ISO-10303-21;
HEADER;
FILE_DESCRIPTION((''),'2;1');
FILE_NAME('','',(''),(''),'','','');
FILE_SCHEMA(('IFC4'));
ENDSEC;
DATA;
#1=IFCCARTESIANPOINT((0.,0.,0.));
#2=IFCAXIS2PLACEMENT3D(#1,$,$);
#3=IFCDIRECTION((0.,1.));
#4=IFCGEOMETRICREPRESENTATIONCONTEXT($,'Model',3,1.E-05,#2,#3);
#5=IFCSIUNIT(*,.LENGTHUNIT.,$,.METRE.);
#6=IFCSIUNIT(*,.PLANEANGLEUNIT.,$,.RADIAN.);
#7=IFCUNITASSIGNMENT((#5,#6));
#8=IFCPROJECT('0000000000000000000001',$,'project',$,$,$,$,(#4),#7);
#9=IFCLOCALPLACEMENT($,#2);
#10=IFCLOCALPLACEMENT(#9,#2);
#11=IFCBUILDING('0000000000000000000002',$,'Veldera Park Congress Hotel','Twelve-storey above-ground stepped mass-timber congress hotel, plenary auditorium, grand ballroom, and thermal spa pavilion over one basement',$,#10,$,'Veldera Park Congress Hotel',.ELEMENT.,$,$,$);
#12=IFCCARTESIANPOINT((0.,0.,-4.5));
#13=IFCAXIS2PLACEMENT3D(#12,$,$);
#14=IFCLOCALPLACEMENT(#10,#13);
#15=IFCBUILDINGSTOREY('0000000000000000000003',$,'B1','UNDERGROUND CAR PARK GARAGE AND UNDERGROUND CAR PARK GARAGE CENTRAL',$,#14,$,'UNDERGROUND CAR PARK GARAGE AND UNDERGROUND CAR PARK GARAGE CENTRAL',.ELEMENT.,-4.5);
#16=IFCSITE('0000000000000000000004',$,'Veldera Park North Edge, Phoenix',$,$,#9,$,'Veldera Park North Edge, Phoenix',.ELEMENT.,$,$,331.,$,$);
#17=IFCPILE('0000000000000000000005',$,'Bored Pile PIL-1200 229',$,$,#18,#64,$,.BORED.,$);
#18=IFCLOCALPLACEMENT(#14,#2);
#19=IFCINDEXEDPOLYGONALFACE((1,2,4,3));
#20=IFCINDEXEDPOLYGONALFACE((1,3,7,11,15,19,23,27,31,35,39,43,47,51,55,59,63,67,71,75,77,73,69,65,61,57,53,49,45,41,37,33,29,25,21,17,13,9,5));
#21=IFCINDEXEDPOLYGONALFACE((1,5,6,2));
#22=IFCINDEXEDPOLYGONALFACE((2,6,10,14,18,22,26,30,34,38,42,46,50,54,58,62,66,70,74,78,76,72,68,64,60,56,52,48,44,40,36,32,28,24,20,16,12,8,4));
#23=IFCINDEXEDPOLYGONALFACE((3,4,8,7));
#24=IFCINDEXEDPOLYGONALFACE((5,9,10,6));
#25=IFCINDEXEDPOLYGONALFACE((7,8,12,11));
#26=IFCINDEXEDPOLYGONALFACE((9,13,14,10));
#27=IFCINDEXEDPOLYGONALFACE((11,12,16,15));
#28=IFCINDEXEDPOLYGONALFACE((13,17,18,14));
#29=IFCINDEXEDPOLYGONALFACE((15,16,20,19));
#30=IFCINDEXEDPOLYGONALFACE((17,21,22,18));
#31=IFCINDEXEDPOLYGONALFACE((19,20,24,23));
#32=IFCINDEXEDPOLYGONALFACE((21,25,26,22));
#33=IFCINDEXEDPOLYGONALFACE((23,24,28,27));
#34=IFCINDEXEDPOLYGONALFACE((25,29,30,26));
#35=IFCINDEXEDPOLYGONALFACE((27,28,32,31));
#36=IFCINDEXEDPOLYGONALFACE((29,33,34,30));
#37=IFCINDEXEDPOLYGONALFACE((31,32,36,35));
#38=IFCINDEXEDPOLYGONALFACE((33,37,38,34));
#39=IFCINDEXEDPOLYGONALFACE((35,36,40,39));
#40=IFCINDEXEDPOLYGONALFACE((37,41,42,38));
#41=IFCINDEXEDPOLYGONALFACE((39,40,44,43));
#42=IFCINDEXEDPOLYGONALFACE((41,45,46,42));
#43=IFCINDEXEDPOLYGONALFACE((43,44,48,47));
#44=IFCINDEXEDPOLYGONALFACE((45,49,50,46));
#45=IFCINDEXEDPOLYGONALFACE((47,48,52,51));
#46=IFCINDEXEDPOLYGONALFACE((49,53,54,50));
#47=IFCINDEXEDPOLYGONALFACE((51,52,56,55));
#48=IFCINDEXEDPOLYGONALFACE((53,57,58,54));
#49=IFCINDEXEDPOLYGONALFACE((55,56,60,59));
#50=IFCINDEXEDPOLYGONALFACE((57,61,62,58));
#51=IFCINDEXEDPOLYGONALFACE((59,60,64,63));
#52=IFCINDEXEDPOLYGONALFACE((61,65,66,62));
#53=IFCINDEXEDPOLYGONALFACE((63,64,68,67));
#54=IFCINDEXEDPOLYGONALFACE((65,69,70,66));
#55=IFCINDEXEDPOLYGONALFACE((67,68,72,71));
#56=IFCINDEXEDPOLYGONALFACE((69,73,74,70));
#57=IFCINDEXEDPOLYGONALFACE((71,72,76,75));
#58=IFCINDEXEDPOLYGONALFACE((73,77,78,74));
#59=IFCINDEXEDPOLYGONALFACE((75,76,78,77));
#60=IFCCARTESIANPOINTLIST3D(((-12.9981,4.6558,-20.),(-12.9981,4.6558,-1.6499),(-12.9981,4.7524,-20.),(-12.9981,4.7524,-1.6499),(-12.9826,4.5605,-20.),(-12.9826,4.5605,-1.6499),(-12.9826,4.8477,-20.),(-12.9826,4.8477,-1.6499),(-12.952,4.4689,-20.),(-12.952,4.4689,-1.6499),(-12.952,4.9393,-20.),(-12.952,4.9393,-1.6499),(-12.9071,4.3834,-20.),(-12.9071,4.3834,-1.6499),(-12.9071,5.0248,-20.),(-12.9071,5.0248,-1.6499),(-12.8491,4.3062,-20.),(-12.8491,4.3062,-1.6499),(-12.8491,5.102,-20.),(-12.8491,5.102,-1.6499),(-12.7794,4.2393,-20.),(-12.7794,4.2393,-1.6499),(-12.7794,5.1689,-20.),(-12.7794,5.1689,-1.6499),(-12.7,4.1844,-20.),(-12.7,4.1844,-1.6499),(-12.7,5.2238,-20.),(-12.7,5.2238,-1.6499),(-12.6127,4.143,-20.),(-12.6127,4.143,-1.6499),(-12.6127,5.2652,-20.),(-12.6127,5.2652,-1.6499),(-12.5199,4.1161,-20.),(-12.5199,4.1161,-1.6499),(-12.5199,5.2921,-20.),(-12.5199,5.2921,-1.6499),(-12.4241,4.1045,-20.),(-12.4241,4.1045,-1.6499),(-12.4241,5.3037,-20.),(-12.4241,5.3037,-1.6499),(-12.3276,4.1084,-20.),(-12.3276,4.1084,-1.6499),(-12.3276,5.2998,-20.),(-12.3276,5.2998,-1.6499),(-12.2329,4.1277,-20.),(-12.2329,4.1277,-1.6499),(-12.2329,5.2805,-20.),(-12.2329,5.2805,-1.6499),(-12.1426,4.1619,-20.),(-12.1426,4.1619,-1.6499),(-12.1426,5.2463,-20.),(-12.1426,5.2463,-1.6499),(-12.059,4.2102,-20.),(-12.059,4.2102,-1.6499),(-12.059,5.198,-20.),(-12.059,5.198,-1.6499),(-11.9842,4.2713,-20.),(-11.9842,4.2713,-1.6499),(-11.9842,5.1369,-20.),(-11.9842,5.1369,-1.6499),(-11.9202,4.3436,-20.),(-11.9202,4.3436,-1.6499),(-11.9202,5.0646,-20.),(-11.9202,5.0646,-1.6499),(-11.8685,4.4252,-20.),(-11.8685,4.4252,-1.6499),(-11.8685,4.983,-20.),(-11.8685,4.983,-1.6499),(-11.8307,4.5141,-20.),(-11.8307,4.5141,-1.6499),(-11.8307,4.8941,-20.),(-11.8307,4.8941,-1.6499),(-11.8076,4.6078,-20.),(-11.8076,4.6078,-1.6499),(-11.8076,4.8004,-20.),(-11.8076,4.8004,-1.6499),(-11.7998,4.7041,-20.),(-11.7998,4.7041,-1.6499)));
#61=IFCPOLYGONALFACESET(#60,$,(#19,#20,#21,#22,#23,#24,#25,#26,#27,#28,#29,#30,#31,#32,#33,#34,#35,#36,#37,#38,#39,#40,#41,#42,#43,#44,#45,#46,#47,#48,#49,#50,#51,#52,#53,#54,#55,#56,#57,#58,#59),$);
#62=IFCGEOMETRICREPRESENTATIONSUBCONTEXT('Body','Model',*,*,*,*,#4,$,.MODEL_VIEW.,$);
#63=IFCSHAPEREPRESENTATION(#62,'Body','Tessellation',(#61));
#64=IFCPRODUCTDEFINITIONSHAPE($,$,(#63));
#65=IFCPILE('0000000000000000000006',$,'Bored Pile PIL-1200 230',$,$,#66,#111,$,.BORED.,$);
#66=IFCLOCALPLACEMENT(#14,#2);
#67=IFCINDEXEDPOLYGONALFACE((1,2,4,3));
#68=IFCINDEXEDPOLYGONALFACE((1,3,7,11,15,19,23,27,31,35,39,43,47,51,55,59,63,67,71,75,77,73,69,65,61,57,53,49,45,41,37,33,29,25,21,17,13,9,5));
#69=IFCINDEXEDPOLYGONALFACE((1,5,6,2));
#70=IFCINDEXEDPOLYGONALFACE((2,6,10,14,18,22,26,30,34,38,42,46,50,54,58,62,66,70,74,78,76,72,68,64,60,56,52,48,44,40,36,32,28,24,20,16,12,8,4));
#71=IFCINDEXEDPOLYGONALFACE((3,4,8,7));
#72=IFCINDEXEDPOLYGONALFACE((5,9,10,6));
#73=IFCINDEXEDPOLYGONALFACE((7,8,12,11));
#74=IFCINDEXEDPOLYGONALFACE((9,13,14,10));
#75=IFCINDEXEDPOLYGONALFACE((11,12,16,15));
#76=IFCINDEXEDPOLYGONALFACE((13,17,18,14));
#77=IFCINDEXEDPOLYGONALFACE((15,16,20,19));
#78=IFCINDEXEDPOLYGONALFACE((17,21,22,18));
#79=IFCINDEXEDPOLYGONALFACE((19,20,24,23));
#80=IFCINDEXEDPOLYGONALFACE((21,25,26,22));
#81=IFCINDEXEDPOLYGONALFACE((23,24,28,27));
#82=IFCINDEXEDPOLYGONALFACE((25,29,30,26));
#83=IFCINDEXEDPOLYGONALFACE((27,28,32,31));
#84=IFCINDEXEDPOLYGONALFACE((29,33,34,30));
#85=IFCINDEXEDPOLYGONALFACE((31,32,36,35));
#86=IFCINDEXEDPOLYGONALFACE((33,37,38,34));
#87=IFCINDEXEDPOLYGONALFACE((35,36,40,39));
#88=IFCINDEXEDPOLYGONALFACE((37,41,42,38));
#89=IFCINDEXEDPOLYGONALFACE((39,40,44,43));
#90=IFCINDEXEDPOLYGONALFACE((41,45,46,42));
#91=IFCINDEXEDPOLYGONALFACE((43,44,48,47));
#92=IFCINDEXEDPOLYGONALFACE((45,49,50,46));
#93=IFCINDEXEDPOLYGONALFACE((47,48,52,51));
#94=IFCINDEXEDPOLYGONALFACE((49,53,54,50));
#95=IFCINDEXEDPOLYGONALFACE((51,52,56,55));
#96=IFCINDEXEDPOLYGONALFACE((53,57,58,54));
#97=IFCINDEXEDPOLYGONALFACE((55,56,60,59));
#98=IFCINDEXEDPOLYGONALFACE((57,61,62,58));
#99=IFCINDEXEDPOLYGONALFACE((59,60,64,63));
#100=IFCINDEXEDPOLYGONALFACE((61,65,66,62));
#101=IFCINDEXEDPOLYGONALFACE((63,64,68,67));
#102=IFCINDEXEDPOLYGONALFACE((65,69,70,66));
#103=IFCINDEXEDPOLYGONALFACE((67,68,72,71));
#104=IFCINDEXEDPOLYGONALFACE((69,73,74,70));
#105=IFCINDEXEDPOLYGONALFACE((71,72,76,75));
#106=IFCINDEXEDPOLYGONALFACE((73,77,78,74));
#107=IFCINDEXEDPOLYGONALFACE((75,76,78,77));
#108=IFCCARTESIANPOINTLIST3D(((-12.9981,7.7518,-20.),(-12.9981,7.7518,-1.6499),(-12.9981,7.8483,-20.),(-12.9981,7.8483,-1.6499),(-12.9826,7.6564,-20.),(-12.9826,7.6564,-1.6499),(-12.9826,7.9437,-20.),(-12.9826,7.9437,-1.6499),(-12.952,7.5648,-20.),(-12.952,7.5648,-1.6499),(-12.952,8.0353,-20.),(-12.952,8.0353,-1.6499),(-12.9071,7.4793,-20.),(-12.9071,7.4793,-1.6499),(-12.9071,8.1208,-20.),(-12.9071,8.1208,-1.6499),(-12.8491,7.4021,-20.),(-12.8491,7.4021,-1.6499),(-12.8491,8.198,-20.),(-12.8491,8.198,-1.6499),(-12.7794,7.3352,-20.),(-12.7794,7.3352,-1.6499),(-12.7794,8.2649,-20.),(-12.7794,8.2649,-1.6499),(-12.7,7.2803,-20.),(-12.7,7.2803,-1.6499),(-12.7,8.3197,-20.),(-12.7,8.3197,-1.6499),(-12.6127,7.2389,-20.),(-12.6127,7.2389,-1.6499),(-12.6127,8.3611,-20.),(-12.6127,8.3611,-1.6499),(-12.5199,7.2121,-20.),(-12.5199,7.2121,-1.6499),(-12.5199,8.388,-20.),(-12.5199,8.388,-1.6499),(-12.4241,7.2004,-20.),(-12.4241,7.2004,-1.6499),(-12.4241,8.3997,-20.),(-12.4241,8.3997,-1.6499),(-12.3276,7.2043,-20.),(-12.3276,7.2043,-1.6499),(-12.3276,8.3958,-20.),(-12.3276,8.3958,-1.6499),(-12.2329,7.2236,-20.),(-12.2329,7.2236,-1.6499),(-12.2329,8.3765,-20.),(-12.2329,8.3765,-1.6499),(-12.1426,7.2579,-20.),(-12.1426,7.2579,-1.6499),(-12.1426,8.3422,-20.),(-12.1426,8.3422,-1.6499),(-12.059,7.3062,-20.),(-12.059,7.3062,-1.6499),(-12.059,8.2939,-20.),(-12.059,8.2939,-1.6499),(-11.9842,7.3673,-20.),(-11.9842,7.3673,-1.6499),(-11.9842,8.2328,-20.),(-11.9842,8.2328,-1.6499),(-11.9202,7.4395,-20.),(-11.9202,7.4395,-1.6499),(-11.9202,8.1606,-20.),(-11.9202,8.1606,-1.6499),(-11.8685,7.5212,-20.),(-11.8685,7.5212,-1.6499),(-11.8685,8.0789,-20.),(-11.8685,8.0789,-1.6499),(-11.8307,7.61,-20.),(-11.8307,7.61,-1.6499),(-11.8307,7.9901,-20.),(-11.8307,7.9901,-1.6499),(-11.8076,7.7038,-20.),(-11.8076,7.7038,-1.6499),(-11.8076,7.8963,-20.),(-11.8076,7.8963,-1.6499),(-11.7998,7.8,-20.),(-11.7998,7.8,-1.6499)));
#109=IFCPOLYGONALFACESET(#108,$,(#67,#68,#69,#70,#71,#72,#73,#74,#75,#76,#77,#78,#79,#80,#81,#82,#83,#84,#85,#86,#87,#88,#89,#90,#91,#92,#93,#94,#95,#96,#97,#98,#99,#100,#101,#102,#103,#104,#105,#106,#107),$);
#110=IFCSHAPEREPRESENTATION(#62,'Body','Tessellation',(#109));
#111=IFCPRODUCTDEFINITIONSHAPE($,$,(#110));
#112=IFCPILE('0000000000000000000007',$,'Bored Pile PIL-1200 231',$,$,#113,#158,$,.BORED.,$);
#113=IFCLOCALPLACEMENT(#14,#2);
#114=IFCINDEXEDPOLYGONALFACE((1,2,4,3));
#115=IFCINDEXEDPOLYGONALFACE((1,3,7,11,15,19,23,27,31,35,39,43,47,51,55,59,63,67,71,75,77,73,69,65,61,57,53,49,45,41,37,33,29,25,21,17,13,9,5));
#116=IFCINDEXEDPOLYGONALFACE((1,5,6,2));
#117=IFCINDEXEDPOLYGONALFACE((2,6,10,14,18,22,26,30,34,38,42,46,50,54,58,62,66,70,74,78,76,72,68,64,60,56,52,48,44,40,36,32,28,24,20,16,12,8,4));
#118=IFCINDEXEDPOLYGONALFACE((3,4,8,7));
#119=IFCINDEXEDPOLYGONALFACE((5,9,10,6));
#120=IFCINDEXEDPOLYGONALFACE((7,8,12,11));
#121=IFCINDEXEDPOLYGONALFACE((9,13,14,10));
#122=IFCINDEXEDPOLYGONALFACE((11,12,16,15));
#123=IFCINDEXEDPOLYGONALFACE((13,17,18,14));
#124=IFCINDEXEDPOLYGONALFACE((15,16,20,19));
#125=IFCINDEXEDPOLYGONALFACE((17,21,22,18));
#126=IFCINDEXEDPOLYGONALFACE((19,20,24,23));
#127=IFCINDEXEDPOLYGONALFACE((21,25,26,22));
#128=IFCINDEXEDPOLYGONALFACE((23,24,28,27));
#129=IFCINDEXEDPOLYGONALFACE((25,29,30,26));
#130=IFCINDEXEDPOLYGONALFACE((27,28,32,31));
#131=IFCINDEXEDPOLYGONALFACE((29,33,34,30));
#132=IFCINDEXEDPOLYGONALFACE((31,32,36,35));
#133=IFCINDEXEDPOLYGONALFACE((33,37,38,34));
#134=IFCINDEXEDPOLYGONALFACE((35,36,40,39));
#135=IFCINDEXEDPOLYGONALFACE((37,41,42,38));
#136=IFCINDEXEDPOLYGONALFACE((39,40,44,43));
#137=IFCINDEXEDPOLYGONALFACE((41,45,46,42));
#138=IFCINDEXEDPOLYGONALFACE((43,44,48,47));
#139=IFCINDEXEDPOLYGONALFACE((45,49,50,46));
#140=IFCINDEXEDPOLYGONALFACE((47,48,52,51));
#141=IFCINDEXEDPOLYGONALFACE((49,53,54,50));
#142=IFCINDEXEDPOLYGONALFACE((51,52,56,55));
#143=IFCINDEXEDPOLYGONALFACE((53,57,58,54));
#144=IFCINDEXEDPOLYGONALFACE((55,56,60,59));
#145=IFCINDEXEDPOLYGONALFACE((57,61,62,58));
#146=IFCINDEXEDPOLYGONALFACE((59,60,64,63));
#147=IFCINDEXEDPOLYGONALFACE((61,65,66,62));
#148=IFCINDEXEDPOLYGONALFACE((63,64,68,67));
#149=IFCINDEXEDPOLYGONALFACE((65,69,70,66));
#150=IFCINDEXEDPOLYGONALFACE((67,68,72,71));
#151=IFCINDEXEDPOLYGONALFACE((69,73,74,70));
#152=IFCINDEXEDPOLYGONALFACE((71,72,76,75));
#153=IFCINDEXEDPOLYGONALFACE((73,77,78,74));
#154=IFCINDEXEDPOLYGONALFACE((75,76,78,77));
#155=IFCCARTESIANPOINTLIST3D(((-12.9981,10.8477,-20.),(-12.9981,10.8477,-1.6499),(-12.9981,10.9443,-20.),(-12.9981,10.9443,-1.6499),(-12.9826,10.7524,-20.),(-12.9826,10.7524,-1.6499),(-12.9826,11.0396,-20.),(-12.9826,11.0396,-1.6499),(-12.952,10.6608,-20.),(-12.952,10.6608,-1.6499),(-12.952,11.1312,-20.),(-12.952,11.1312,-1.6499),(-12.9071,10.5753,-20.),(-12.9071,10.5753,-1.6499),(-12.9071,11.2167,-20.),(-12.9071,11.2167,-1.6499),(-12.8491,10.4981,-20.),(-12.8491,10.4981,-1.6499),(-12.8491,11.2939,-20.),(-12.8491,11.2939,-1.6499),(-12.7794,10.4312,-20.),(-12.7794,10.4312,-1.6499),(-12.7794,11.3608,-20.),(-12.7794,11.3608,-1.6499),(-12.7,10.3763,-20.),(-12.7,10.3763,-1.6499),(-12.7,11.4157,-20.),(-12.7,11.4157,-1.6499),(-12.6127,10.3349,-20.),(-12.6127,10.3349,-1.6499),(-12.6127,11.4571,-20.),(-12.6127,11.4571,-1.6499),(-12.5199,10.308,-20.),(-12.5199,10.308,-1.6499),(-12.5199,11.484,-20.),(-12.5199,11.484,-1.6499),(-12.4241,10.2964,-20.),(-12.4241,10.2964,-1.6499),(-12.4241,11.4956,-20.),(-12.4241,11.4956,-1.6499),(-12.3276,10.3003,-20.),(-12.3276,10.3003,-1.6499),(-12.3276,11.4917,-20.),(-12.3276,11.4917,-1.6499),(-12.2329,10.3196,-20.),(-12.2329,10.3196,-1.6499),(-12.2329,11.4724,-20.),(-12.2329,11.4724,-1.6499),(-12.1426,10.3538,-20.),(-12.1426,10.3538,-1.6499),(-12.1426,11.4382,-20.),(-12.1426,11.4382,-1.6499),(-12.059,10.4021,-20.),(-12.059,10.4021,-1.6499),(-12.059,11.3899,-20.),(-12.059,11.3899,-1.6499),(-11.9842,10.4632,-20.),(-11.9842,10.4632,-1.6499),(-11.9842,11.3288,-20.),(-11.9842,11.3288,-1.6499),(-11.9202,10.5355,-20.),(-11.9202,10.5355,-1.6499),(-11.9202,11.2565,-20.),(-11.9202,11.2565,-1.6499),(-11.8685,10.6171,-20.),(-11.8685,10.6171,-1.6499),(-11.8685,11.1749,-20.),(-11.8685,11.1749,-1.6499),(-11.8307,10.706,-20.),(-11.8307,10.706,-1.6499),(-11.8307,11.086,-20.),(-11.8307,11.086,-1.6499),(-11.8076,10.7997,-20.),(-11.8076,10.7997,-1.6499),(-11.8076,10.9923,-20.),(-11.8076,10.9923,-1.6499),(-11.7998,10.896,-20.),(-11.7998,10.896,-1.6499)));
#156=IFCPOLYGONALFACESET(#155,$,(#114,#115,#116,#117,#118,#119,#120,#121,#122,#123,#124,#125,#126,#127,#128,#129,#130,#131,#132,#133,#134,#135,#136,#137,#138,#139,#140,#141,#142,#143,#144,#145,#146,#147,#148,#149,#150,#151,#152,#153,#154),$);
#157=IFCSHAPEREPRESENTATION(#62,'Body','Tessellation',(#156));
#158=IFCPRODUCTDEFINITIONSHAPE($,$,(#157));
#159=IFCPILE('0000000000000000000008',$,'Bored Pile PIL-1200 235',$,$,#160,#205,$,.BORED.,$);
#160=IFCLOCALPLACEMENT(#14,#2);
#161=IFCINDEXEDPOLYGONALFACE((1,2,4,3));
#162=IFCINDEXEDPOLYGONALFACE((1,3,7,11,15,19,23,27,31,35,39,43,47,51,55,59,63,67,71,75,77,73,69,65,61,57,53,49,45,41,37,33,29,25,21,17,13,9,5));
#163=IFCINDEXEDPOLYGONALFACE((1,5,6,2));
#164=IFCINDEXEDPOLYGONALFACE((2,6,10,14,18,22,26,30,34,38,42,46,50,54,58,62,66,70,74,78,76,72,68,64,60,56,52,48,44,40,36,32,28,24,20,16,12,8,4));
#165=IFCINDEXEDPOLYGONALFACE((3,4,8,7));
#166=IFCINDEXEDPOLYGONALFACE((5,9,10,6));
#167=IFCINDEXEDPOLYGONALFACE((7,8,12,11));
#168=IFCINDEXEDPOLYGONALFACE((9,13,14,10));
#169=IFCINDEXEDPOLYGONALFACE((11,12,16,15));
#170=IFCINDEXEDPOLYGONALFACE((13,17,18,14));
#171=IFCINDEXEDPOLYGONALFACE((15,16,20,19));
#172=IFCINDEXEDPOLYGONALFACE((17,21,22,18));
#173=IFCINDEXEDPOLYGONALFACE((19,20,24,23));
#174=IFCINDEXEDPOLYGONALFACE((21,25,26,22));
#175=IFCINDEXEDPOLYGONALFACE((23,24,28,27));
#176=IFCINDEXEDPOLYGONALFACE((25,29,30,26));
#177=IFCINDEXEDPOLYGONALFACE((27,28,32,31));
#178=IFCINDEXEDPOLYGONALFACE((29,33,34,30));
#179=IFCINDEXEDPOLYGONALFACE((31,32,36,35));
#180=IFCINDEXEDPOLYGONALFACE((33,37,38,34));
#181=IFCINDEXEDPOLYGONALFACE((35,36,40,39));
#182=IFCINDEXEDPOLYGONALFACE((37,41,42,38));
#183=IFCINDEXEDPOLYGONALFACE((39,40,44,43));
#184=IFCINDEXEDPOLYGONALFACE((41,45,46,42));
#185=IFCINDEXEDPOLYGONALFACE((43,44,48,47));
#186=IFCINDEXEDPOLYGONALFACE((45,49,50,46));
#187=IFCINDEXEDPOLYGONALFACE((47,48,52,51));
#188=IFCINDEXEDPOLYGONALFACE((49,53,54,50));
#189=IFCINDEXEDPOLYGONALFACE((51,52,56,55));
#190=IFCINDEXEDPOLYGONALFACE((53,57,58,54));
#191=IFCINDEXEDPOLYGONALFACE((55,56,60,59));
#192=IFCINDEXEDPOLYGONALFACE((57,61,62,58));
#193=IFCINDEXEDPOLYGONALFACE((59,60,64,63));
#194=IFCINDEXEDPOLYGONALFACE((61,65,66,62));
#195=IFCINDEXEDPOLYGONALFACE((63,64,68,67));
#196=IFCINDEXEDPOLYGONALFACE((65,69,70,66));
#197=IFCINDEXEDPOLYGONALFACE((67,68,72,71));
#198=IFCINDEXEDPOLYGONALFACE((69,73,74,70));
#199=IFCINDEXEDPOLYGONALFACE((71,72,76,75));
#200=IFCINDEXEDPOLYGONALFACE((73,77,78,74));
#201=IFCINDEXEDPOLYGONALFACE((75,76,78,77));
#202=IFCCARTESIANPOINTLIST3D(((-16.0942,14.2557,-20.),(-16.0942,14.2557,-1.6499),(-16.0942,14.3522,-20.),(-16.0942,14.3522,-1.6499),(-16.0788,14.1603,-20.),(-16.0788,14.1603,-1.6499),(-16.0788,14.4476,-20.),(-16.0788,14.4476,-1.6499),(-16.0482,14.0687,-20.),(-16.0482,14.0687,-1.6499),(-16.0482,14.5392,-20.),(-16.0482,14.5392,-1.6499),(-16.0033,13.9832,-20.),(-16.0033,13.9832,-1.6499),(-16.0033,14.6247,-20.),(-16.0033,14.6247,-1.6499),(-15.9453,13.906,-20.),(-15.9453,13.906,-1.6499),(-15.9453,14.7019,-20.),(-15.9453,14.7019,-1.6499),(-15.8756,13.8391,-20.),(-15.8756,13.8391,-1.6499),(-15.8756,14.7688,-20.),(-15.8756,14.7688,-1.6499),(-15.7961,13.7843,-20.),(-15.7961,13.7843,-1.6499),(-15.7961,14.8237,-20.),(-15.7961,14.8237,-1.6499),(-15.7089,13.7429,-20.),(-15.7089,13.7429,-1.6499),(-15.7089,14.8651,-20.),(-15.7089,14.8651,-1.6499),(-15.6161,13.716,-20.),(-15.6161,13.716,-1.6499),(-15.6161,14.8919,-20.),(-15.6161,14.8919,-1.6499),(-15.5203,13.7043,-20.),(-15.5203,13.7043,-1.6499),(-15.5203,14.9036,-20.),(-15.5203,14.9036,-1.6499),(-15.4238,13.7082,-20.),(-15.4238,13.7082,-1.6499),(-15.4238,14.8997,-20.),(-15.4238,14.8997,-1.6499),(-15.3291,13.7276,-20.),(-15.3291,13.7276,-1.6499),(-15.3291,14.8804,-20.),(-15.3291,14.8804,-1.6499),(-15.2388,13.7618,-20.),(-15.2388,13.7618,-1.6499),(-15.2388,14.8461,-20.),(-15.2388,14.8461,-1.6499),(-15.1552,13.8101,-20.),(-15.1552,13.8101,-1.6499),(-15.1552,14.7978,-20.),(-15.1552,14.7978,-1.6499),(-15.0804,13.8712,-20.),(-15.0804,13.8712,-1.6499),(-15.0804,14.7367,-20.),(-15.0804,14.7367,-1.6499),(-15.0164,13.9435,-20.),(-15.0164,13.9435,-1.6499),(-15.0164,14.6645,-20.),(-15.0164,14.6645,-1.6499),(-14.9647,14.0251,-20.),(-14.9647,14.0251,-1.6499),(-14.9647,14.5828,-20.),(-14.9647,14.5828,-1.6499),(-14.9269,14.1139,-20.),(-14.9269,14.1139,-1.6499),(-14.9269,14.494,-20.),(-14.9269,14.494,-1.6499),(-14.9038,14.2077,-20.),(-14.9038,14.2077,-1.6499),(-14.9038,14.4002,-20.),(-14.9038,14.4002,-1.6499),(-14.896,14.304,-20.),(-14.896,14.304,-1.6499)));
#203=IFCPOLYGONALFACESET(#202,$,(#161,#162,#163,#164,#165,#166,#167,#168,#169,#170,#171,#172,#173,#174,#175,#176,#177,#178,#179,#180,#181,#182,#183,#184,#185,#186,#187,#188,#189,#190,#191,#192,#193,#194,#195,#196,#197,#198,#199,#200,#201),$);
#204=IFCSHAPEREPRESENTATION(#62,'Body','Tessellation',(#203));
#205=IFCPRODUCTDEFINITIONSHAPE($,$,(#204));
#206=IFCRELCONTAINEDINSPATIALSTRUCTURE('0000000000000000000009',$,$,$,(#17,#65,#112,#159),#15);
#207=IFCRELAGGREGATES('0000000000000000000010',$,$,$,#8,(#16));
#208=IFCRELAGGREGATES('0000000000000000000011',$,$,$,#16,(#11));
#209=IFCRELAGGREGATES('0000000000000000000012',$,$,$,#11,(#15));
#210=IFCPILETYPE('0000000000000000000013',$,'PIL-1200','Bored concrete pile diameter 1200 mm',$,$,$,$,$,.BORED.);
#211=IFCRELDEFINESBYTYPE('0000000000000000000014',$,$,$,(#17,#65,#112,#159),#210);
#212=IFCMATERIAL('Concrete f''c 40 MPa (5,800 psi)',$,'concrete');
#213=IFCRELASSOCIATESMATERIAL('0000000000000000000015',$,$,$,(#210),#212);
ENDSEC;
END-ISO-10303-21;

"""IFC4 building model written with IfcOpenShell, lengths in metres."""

from ifc_helpers import new_model, si_unit, direction, frame, origin, origin_2d, place, context, subcontext, project, spatial, circle, extrude, material, material_profile, profile_set, type_object, element, save


model = new_model("IFC4")

# Units and contexts
model_context = context("Model", 3, precision=1e-05, world=origin(), true_north=direction((0.0, 1.0)))
body_context = subcontext(model_context, "Body", "Model", "MODEL_VIEW")
ifc_project = project(units=[si_unit("LENGTHUNIT", "METRE"), si_unit("PLANEANGLEUNIT", "RADIAN")], contexts=[model_context])

# Site, building, storey
site_placement = place(None, origin())
site = spatial("IfcSite", under=ifc_project, at=site_placement, Name="Veldera Park North Edge, Phoenix", LongName="Veldera Park North Edge, Phoenix", CompositionType="ELEMENT", RefElevation=331.0)
building_placement = place(site_placement, origin())
building = spatial("IfcBuilding", under=site, at=building_placement, Name="Veldera Park Congress Hotel", Description="Twelve-storey above-ground stepped mass-timber congress hotel, plenary auditorium, grand ballroom, and thermal spa pavilion over one basement", LongName="Veldera Park Congress Hotel", CompositionType="ELEMENT")
storey_placement = place(building_placement, frame((0.0, 0.0, -4.5)))
storey = spatial("IfcBuildingStorey", under=building, at=storey_placement, Name="B1", Description="UNDERGROUND CAR PARK GARAGE AND UNDERGROUND CAR PARK GARAGE CENTRAL", LongName="UNDERGROUND CAR PARK GARAGE AND UNDERGROUND CAR PARK GARAGE CENTRAL", CompositionType="ELEMENT", Elevation=-4.5)

# Shared definitions
ifc_material_1 = material(Name="Concrete f'c 40 MPa (5,800 psi)", Category="concrete")

# Piles
ifc_material_profile_1 = material_profile(ifc_material_1, circle(Radius=0.6001, at=origin_2d()), Name="PILE D1200")
ifc_profile_set_1 = profile_set([ifc_material_profile_1], Name="Concrete f'c 40 MPa (5,800 psi)")
pile_type = type_object("IfcPileType", Name="PIL-1200", Description="Bored concrete pile diameter 1200 mm", PredefinedType="BORED", material=ifc_profile_set_1)
for number, where, z_axis, x_axis, name in (
    (1, (-12.3999, 4.7041, -1.6499), (0.0, 0.0, -1.0), (1.0, 0.0, 0.0), "Bored Pile PIL-1200 229"),
    (2, (-12.3999, 7.8, -1.6499), (0.0, 0.0, -1.0), (1.0, 0.0, 0.0), "Bored Pile PIL-1200 230"),
    (3, (-12.3999, 10.896, -1.6499), (0.0, 0.0, -1.0), (1.0, 0.0, 0.0), "Bored Pile PIL-1200 231"),
    (4, (-15.4961, 14.304, -1.6499), (0.0, 0.0, -1.0), (1.0, 0.0, 0.0), "Bored Pile PIL-1200 235"),
):
    element("IfcPile", number, at=place(storey_placement, frame(where, z_axis=z_axis, x_axis=x_axis)), inside=storey, type_object=pile_type, Name=name, PredefinedType="BORED", context=body_context, shape_type="SweptSolid", body=[
        extrude(circle(Radius=0.6001, at=origin_2d()), origin(), (0.0, 0.0, 1.0), 18.3501),
    ])

save(model, "model.ifc")
